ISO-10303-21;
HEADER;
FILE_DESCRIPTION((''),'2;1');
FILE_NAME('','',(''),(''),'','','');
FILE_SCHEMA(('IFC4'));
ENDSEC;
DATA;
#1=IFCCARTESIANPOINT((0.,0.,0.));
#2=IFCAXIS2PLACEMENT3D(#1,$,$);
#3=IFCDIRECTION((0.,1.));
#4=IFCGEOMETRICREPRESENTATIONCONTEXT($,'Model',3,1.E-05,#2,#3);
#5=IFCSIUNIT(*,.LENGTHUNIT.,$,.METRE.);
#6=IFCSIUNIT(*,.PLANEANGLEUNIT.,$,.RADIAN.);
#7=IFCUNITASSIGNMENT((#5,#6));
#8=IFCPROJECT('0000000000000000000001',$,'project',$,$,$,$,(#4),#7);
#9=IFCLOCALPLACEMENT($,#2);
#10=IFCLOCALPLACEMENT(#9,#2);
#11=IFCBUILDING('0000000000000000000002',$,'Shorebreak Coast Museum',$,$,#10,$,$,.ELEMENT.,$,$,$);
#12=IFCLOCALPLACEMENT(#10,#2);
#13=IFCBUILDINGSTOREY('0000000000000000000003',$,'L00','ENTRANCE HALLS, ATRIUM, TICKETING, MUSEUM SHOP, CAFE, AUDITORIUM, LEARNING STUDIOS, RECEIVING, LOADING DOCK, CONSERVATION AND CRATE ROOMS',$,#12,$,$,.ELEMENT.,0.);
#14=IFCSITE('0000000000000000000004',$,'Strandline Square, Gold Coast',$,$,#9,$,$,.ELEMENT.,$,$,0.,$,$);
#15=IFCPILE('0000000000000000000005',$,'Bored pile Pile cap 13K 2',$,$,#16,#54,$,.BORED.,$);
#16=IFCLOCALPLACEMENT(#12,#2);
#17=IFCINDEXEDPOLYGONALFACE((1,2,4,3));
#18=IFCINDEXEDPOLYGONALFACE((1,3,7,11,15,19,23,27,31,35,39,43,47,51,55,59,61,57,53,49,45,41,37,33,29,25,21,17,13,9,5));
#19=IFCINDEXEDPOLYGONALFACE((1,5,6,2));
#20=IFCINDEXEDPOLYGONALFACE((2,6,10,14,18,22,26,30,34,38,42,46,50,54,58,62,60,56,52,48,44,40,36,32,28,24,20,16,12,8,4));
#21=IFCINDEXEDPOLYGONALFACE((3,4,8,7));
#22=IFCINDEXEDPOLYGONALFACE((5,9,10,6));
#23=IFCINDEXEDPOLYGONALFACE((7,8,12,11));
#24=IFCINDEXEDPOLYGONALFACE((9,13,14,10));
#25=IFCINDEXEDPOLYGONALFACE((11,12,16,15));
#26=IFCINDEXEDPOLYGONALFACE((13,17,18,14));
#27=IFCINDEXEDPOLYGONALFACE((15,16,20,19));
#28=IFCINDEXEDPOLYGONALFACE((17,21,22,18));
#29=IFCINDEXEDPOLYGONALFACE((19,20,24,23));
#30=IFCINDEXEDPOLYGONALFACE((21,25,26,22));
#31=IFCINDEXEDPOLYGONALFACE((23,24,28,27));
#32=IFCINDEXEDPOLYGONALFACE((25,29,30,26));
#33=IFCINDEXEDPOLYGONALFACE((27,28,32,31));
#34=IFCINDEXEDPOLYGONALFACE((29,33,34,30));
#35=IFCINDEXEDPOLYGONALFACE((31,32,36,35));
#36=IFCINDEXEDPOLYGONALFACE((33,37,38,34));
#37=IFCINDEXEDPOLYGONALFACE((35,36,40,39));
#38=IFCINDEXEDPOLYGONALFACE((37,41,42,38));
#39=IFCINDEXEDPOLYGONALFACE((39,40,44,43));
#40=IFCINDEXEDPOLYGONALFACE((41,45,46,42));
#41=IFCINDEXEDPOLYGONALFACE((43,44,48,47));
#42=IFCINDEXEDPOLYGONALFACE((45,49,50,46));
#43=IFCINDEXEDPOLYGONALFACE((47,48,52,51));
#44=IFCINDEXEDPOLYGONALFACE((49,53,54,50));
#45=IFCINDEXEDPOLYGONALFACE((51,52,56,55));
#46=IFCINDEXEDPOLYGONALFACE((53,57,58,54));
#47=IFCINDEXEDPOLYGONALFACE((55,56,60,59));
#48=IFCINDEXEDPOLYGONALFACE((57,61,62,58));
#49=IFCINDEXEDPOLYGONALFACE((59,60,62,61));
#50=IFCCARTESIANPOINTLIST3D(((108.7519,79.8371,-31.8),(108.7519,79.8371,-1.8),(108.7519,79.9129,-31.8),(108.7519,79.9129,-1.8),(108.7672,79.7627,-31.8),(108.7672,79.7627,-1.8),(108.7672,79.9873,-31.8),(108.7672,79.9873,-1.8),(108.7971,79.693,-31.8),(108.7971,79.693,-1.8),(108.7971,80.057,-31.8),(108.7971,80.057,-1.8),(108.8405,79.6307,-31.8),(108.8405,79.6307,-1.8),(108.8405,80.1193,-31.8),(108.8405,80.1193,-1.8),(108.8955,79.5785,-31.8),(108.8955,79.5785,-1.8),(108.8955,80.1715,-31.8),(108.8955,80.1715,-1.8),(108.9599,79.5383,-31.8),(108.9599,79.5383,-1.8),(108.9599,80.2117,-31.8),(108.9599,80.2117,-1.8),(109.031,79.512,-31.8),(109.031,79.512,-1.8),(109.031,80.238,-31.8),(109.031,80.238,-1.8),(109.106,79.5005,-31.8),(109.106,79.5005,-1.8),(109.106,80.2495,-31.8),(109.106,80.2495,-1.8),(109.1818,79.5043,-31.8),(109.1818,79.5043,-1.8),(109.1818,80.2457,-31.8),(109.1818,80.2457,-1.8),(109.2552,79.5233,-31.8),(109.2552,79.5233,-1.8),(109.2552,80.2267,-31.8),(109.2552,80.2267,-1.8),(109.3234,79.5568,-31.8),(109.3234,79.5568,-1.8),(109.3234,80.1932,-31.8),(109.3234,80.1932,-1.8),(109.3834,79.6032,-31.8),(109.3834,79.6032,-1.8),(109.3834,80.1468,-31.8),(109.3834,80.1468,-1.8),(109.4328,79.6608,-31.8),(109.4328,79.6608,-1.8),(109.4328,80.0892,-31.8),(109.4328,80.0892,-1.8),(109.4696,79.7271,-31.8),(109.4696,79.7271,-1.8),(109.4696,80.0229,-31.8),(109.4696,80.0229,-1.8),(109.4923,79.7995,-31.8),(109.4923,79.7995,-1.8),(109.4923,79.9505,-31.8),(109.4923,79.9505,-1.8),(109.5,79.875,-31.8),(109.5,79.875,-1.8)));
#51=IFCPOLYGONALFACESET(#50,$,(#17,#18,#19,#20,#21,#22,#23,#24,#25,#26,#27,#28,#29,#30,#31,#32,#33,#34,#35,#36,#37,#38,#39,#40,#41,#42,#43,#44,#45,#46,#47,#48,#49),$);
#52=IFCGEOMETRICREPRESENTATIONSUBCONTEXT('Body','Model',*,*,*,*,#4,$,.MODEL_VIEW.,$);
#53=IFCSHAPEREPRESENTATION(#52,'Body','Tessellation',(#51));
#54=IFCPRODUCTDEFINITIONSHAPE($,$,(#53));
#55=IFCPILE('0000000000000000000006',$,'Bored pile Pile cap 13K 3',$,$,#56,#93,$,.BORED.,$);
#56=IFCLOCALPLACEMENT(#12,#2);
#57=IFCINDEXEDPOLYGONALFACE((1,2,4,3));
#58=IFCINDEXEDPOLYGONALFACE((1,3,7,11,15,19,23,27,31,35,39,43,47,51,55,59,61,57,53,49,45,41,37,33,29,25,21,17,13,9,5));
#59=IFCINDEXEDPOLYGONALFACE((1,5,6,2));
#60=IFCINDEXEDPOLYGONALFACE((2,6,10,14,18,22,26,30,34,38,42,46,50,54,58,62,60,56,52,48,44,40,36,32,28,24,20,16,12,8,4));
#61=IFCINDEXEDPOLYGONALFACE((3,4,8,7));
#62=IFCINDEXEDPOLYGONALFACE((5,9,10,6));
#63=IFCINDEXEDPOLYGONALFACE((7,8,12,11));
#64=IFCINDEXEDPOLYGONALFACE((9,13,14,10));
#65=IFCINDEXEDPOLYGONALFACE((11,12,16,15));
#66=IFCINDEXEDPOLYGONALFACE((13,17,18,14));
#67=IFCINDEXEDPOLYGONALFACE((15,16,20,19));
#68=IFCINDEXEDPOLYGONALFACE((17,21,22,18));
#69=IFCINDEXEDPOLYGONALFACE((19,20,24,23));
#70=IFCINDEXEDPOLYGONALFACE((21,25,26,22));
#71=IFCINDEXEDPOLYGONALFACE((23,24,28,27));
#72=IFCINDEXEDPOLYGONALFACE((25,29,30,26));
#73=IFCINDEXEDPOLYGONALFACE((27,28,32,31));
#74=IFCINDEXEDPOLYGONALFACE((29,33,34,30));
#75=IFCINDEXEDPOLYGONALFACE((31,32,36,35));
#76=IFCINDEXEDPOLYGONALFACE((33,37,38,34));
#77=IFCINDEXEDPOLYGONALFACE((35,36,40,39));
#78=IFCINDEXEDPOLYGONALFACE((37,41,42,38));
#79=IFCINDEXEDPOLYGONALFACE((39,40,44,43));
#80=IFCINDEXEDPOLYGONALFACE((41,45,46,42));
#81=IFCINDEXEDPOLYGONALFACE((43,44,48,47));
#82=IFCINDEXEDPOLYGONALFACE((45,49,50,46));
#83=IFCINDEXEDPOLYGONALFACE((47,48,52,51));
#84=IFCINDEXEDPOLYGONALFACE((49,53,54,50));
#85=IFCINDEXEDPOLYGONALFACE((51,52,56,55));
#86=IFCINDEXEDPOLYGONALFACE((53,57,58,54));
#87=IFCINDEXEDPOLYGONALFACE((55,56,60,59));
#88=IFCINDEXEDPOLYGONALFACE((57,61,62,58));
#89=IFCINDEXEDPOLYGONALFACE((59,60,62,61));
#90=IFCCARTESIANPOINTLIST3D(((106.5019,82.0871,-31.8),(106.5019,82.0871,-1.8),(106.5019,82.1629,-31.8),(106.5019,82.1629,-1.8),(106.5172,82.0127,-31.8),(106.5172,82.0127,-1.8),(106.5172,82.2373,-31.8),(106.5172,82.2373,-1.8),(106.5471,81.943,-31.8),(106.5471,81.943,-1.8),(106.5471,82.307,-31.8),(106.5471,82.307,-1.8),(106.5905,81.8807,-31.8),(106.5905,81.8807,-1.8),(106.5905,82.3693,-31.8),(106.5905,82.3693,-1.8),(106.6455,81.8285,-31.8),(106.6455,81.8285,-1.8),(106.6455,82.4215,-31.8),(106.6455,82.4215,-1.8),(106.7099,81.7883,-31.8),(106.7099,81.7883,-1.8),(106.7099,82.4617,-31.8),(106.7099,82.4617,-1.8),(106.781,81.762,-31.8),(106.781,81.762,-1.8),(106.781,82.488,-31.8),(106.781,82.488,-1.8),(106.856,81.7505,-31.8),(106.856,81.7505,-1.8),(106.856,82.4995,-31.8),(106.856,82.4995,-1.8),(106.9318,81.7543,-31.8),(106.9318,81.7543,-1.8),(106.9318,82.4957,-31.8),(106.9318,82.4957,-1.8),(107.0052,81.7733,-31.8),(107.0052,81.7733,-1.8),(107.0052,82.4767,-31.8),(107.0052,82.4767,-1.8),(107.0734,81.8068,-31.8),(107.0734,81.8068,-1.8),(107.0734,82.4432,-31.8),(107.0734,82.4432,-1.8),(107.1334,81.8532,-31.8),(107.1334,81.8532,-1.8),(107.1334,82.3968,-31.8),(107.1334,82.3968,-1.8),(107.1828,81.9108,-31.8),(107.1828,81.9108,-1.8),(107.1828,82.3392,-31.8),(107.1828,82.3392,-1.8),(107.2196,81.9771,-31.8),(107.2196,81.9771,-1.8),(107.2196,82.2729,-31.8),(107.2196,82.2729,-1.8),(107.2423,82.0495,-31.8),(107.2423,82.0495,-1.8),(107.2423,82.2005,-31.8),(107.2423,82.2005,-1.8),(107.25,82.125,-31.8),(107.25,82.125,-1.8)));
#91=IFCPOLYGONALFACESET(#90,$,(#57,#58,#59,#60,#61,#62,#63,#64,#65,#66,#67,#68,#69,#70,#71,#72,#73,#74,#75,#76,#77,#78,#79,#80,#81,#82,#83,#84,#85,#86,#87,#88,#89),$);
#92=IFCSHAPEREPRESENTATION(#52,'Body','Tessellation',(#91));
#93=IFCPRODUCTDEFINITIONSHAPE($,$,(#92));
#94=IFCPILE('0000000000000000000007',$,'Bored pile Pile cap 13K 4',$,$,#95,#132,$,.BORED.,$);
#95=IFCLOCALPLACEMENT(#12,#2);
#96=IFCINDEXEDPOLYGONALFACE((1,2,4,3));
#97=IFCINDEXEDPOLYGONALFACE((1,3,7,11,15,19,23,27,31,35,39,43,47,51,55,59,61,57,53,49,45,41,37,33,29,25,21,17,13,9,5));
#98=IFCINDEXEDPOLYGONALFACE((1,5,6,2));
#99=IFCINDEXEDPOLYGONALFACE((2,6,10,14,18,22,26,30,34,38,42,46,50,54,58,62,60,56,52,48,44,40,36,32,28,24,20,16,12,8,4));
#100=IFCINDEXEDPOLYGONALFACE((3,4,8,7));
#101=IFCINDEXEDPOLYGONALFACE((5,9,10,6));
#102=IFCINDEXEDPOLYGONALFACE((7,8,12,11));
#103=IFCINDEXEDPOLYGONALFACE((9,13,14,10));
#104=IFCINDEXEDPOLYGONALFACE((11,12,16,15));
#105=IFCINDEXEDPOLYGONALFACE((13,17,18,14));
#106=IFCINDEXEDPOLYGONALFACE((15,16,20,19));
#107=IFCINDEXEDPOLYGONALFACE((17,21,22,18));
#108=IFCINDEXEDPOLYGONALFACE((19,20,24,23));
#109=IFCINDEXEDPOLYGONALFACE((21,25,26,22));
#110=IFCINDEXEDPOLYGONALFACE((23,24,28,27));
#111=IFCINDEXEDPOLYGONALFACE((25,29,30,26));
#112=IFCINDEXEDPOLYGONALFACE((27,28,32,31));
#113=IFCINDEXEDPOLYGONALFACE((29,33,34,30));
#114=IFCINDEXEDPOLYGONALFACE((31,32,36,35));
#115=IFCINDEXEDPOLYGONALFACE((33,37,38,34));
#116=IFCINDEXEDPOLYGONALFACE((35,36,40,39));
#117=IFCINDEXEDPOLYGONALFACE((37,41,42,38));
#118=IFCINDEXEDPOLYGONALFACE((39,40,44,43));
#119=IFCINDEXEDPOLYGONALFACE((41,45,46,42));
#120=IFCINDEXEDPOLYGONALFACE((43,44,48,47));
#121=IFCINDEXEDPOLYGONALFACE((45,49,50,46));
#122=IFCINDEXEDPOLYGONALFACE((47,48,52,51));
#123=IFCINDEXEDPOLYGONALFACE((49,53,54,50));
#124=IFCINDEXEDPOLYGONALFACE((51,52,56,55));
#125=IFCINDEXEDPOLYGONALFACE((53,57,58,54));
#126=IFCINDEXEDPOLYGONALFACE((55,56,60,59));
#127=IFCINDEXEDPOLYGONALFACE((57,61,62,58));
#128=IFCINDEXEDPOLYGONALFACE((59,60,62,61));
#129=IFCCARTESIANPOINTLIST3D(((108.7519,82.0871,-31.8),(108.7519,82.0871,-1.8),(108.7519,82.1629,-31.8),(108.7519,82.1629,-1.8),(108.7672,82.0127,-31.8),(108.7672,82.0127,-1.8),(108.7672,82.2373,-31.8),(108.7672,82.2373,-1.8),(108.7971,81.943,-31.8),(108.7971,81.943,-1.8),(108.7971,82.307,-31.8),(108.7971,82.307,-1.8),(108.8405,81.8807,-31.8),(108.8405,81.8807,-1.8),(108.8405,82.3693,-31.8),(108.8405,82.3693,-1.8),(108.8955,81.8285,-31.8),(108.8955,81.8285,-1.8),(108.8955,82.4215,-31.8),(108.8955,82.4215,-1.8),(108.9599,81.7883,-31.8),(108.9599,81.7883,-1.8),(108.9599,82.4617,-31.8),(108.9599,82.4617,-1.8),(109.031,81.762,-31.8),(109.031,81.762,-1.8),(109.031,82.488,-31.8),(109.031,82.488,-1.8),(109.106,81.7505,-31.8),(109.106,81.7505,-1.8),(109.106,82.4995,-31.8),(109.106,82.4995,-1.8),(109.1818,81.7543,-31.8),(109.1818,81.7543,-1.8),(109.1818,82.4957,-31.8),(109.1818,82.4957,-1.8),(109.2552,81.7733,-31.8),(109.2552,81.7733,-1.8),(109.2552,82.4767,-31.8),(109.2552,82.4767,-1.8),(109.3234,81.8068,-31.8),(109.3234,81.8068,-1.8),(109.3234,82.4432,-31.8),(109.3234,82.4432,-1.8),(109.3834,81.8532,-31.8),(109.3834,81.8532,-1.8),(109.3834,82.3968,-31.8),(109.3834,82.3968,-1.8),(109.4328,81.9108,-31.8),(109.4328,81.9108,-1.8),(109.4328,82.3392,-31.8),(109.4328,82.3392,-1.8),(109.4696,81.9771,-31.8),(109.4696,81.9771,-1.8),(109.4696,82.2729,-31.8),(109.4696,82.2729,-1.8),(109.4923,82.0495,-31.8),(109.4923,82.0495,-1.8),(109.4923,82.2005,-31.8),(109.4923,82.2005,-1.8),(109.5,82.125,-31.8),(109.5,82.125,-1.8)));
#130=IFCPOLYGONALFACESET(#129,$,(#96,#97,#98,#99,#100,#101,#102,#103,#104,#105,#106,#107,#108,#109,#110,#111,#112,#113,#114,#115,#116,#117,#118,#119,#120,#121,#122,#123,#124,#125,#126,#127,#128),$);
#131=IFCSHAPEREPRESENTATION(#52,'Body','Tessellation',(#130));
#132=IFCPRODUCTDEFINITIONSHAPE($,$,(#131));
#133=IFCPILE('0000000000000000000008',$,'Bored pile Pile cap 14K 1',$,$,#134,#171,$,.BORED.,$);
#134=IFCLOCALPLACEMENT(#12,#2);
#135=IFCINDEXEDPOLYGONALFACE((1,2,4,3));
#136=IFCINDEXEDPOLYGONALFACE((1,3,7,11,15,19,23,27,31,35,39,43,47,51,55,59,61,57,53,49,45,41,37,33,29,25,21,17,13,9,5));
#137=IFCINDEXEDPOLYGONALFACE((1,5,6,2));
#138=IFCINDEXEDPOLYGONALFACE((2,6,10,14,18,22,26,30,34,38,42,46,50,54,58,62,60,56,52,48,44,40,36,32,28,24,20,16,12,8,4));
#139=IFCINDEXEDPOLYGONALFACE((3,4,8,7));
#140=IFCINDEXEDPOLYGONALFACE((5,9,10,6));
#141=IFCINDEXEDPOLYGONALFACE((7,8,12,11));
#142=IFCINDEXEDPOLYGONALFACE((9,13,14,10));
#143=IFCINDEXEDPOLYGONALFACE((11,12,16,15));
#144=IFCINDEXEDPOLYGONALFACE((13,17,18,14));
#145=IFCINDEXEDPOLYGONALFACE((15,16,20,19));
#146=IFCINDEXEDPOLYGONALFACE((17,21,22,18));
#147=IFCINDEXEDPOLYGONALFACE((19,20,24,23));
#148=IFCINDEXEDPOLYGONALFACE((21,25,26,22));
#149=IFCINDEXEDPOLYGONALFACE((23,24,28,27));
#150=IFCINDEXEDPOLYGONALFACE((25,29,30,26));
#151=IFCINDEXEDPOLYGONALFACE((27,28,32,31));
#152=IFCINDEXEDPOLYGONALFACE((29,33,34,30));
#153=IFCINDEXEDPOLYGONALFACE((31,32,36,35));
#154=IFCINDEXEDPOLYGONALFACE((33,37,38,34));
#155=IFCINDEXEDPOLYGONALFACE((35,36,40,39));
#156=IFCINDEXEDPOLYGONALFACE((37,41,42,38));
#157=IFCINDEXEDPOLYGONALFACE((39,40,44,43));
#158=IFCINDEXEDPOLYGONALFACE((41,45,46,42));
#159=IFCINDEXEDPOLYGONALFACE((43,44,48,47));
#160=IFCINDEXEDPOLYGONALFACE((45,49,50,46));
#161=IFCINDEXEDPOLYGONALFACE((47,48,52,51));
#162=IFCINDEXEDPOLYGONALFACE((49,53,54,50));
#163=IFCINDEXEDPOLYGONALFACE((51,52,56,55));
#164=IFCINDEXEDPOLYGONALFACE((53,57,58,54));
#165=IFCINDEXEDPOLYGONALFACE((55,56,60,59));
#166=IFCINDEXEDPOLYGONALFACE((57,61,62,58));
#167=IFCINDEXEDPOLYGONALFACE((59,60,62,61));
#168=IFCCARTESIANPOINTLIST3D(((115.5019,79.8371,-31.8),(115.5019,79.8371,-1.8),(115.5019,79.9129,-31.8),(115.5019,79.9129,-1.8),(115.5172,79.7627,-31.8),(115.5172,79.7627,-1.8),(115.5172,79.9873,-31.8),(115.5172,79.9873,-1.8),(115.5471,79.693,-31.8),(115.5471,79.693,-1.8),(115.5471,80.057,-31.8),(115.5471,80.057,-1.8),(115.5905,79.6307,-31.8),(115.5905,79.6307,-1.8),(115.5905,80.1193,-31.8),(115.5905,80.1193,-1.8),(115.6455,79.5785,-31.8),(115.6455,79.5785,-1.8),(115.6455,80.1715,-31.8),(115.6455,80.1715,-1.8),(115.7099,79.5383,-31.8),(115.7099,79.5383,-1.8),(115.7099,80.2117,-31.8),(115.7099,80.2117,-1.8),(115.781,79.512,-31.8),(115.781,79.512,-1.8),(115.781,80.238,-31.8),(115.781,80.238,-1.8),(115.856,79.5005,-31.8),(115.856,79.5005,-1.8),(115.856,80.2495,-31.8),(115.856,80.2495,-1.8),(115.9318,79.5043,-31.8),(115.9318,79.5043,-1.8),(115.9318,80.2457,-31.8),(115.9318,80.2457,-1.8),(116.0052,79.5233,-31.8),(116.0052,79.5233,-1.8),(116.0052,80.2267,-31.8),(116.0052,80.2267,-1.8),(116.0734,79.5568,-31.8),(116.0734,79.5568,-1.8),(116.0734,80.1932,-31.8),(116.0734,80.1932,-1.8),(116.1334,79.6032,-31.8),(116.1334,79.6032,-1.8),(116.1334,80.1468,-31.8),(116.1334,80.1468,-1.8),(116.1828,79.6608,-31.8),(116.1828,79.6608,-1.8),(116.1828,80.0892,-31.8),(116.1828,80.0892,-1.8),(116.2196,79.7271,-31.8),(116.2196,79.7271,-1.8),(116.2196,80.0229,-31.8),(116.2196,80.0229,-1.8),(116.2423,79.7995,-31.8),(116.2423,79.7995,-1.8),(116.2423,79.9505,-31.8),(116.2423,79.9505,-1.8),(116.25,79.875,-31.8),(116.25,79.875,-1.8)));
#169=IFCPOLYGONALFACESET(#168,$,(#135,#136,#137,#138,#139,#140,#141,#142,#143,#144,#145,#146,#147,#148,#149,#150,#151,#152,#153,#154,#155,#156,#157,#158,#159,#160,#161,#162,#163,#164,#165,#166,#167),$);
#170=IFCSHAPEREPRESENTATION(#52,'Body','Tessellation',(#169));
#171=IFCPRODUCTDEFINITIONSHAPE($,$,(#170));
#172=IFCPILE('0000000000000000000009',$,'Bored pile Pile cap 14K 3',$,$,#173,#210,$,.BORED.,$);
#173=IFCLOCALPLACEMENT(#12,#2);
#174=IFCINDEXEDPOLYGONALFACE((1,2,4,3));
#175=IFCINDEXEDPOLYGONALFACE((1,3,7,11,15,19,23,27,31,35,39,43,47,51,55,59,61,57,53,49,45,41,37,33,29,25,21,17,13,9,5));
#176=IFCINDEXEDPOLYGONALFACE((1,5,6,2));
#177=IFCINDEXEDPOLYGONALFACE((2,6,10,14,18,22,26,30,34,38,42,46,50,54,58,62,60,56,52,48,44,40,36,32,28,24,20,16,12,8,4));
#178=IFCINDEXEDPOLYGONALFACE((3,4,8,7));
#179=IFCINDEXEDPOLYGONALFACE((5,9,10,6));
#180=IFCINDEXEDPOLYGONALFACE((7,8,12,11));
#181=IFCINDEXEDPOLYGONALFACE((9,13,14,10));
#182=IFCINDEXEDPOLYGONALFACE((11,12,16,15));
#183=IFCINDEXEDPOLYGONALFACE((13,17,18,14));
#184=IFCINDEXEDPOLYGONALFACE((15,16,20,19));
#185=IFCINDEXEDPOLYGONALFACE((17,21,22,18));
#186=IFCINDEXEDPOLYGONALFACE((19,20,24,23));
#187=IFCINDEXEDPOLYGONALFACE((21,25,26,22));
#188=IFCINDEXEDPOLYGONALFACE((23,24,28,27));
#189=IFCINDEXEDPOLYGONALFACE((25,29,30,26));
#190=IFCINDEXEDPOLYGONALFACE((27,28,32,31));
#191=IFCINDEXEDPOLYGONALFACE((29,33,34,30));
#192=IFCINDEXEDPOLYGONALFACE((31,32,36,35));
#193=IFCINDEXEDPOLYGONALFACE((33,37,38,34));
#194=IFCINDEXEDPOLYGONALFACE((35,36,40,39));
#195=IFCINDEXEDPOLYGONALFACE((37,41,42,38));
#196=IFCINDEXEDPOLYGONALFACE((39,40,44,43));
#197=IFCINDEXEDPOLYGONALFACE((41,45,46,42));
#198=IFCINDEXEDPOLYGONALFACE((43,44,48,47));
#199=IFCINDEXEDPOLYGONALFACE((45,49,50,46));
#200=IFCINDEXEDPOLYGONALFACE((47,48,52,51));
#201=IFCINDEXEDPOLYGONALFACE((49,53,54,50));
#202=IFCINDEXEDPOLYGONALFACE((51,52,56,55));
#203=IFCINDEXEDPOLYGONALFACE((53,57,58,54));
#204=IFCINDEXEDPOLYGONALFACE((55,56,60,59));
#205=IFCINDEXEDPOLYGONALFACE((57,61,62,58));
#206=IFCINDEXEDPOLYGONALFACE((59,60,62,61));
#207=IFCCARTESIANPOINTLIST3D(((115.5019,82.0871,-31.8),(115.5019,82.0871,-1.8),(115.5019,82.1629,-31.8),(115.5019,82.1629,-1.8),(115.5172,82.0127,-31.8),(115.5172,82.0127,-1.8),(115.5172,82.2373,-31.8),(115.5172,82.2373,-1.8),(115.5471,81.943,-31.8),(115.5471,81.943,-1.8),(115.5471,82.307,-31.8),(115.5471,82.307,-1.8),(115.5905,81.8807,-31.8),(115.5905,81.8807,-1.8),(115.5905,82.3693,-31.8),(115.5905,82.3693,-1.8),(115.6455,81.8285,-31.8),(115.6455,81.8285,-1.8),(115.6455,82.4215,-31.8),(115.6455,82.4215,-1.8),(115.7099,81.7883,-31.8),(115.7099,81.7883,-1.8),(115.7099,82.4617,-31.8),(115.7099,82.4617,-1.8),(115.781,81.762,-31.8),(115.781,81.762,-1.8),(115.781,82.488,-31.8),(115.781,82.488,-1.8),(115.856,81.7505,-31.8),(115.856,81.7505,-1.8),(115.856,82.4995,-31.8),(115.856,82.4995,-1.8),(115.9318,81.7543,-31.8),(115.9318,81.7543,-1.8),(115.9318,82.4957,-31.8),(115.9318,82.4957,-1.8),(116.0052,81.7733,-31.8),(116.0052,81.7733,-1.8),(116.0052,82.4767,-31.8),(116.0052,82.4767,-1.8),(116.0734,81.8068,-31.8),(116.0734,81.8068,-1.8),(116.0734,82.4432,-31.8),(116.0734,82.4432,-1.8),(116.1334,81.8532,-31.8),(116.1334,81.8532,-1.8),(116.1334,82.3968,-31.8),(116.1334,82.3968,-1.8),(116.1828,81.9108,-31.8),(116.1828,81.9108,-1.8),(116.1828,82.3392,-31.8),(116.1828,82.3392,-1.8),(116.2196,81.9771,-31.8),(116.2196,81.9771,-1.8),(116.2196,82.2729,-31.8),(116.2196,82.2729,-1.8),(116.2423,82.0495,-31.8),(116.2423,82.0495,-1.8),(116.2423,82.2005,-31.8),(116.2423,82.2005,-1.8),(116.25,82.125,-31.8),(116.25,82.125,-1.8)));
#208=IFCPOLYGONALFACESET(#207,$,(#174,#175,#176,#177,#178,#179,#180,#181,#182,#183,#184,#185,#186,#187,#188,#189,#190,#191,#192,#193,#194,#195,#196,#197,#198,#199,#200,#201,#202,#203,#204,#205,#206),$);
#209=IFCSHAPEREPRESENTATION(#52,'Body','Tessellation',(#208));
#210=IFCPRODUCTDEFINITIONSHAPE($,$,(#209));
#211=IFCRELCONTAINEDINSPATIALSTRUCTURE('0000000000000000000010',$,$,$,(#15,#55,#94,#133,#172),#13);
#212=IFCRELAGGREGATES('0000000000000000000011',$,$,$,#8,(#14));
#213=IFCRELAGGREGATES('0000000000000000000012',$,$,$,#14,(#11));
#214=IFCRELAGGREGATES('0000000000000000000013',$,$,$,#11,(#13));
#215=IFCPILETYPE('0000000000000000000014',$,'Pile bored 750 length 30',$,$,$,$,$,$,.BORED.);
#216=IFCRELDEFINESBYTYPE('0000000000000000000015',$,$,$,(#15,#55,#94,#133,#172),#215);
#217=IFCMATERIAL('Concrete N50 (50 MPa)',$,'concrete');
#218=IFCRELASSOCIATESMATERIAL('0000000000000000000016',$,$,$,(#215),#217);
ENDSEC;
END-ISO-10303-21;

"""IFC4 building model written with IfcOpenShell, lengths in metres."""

from ifc_helpers import new_model, si_unit, direction, frame, origin, origin_2d, place, context, subcontext, project, spatial, circle, extrude, material, material_profile, profile_set, type_object, element, save


model = new_model("IFC4")

# Units and contexts
model_context = context("Model", 3, precision=1e-05, world=origin(), true_north=direction((0.0, 1.0)))
body_context = subcontext(model_context, "Body", "Model", "MODEL_VIEW")
ifc_project = project(units=[si_unit("LENGTHUNIT", "METRE"), si_unit("PLANEANGLEUNIT", "RADIAN")], contexts=[model_context])

# Site, building, storey
site_placement = place(None, origin())
site = spatial("IfcSite", under=ifc_project, at=site_placement, Name="Strandline Square, Gold Coast", CompositionType="ELEMENT", RefElevation=0.0)
building_placement = place(site_placement, origin())
building = spatial("IfcBuilding", under=site, at=building_placement, Name="Shorebreak Coast Museum", CompositionType="ELEMENT")
storey_placement = place(building_placement, origin())
storey = spatial("IfcBuildingStorey", under=building, at=storey_placement, Name="L00", Description="ENTRANCE HALLS, ATRIUM, TICKETING, MUSEUM SHOP, CAFE, AUDITORIUM, LEARNING STUDIOS, RECEIVING, LOADING DOCK, CONSERVATION AND CRATE ROOMS", CompositionType="ELEMENT", Elevation=0.0)

# Piles
ifc_material_1 = material(Name="Concrete N50 (50 MPa)", Category="concrete")
ifc_material_profile_1 = material_profile(ifc_material_1, circle(Radius=0.375, at=origin_2d()), Name="Pile bored 750 length 30")
ifc_profile_set_1 = profile_set([ifc_material_profile_1], Name="Concrete N50 (50 MPa)")
pile_type_1 = type_object("IfcPileType", Name="Pile bored 750 length 30", PredefinedType="BORED", material=ifc_profile_set_1)
for number, where, z_axis, x_axis, name in (
    (1, (109.125, 79.875, -1.8), (0.0, 0.0, -1.0), (1.0, 0.0, 0.0), "Bored pile Pile cap 13K 2"),
    (2, (106.875, 82.125, -1.8), (0.0, 0.0, -1.0), (1.0, 0.0, 0.0), "Bored pile Pile cap 13K 3"),
    (3, (109.125, 82.125, -1.8), (0.0, 0.0, -1.0), (1.0, 0.0, 0.0), "Bored pile Pile cap 13K 4"),
    (4, (115.875, 79.875, -1.8), (0.0, 0.0, -1.0), (1.0, 0.0, 0.0), "Bored pile Pile cap 14K 1"),
    (5, (115.875, 82.125, -1.8), (0.0, 0.0, -1.0), (1.0, 0.0, 0.0), "Bored pile Pile cap 14K 3"),
):
    element("IfcPile", number, at=place(storey_placement, frame(where, z_axis=z_axis, x_axis=x_axis)), inside=storey, type_object=pile_type_1, Name=name, PredefinedType="BORED", context=body_context, shape_type="SweptSolid", body=[
        extrude(circle(Radius=0.375, at=origin_2d()), origin(), (0.0, 0.0, 1.0), 30.0),
    ])

save(model, "model.ifc")
